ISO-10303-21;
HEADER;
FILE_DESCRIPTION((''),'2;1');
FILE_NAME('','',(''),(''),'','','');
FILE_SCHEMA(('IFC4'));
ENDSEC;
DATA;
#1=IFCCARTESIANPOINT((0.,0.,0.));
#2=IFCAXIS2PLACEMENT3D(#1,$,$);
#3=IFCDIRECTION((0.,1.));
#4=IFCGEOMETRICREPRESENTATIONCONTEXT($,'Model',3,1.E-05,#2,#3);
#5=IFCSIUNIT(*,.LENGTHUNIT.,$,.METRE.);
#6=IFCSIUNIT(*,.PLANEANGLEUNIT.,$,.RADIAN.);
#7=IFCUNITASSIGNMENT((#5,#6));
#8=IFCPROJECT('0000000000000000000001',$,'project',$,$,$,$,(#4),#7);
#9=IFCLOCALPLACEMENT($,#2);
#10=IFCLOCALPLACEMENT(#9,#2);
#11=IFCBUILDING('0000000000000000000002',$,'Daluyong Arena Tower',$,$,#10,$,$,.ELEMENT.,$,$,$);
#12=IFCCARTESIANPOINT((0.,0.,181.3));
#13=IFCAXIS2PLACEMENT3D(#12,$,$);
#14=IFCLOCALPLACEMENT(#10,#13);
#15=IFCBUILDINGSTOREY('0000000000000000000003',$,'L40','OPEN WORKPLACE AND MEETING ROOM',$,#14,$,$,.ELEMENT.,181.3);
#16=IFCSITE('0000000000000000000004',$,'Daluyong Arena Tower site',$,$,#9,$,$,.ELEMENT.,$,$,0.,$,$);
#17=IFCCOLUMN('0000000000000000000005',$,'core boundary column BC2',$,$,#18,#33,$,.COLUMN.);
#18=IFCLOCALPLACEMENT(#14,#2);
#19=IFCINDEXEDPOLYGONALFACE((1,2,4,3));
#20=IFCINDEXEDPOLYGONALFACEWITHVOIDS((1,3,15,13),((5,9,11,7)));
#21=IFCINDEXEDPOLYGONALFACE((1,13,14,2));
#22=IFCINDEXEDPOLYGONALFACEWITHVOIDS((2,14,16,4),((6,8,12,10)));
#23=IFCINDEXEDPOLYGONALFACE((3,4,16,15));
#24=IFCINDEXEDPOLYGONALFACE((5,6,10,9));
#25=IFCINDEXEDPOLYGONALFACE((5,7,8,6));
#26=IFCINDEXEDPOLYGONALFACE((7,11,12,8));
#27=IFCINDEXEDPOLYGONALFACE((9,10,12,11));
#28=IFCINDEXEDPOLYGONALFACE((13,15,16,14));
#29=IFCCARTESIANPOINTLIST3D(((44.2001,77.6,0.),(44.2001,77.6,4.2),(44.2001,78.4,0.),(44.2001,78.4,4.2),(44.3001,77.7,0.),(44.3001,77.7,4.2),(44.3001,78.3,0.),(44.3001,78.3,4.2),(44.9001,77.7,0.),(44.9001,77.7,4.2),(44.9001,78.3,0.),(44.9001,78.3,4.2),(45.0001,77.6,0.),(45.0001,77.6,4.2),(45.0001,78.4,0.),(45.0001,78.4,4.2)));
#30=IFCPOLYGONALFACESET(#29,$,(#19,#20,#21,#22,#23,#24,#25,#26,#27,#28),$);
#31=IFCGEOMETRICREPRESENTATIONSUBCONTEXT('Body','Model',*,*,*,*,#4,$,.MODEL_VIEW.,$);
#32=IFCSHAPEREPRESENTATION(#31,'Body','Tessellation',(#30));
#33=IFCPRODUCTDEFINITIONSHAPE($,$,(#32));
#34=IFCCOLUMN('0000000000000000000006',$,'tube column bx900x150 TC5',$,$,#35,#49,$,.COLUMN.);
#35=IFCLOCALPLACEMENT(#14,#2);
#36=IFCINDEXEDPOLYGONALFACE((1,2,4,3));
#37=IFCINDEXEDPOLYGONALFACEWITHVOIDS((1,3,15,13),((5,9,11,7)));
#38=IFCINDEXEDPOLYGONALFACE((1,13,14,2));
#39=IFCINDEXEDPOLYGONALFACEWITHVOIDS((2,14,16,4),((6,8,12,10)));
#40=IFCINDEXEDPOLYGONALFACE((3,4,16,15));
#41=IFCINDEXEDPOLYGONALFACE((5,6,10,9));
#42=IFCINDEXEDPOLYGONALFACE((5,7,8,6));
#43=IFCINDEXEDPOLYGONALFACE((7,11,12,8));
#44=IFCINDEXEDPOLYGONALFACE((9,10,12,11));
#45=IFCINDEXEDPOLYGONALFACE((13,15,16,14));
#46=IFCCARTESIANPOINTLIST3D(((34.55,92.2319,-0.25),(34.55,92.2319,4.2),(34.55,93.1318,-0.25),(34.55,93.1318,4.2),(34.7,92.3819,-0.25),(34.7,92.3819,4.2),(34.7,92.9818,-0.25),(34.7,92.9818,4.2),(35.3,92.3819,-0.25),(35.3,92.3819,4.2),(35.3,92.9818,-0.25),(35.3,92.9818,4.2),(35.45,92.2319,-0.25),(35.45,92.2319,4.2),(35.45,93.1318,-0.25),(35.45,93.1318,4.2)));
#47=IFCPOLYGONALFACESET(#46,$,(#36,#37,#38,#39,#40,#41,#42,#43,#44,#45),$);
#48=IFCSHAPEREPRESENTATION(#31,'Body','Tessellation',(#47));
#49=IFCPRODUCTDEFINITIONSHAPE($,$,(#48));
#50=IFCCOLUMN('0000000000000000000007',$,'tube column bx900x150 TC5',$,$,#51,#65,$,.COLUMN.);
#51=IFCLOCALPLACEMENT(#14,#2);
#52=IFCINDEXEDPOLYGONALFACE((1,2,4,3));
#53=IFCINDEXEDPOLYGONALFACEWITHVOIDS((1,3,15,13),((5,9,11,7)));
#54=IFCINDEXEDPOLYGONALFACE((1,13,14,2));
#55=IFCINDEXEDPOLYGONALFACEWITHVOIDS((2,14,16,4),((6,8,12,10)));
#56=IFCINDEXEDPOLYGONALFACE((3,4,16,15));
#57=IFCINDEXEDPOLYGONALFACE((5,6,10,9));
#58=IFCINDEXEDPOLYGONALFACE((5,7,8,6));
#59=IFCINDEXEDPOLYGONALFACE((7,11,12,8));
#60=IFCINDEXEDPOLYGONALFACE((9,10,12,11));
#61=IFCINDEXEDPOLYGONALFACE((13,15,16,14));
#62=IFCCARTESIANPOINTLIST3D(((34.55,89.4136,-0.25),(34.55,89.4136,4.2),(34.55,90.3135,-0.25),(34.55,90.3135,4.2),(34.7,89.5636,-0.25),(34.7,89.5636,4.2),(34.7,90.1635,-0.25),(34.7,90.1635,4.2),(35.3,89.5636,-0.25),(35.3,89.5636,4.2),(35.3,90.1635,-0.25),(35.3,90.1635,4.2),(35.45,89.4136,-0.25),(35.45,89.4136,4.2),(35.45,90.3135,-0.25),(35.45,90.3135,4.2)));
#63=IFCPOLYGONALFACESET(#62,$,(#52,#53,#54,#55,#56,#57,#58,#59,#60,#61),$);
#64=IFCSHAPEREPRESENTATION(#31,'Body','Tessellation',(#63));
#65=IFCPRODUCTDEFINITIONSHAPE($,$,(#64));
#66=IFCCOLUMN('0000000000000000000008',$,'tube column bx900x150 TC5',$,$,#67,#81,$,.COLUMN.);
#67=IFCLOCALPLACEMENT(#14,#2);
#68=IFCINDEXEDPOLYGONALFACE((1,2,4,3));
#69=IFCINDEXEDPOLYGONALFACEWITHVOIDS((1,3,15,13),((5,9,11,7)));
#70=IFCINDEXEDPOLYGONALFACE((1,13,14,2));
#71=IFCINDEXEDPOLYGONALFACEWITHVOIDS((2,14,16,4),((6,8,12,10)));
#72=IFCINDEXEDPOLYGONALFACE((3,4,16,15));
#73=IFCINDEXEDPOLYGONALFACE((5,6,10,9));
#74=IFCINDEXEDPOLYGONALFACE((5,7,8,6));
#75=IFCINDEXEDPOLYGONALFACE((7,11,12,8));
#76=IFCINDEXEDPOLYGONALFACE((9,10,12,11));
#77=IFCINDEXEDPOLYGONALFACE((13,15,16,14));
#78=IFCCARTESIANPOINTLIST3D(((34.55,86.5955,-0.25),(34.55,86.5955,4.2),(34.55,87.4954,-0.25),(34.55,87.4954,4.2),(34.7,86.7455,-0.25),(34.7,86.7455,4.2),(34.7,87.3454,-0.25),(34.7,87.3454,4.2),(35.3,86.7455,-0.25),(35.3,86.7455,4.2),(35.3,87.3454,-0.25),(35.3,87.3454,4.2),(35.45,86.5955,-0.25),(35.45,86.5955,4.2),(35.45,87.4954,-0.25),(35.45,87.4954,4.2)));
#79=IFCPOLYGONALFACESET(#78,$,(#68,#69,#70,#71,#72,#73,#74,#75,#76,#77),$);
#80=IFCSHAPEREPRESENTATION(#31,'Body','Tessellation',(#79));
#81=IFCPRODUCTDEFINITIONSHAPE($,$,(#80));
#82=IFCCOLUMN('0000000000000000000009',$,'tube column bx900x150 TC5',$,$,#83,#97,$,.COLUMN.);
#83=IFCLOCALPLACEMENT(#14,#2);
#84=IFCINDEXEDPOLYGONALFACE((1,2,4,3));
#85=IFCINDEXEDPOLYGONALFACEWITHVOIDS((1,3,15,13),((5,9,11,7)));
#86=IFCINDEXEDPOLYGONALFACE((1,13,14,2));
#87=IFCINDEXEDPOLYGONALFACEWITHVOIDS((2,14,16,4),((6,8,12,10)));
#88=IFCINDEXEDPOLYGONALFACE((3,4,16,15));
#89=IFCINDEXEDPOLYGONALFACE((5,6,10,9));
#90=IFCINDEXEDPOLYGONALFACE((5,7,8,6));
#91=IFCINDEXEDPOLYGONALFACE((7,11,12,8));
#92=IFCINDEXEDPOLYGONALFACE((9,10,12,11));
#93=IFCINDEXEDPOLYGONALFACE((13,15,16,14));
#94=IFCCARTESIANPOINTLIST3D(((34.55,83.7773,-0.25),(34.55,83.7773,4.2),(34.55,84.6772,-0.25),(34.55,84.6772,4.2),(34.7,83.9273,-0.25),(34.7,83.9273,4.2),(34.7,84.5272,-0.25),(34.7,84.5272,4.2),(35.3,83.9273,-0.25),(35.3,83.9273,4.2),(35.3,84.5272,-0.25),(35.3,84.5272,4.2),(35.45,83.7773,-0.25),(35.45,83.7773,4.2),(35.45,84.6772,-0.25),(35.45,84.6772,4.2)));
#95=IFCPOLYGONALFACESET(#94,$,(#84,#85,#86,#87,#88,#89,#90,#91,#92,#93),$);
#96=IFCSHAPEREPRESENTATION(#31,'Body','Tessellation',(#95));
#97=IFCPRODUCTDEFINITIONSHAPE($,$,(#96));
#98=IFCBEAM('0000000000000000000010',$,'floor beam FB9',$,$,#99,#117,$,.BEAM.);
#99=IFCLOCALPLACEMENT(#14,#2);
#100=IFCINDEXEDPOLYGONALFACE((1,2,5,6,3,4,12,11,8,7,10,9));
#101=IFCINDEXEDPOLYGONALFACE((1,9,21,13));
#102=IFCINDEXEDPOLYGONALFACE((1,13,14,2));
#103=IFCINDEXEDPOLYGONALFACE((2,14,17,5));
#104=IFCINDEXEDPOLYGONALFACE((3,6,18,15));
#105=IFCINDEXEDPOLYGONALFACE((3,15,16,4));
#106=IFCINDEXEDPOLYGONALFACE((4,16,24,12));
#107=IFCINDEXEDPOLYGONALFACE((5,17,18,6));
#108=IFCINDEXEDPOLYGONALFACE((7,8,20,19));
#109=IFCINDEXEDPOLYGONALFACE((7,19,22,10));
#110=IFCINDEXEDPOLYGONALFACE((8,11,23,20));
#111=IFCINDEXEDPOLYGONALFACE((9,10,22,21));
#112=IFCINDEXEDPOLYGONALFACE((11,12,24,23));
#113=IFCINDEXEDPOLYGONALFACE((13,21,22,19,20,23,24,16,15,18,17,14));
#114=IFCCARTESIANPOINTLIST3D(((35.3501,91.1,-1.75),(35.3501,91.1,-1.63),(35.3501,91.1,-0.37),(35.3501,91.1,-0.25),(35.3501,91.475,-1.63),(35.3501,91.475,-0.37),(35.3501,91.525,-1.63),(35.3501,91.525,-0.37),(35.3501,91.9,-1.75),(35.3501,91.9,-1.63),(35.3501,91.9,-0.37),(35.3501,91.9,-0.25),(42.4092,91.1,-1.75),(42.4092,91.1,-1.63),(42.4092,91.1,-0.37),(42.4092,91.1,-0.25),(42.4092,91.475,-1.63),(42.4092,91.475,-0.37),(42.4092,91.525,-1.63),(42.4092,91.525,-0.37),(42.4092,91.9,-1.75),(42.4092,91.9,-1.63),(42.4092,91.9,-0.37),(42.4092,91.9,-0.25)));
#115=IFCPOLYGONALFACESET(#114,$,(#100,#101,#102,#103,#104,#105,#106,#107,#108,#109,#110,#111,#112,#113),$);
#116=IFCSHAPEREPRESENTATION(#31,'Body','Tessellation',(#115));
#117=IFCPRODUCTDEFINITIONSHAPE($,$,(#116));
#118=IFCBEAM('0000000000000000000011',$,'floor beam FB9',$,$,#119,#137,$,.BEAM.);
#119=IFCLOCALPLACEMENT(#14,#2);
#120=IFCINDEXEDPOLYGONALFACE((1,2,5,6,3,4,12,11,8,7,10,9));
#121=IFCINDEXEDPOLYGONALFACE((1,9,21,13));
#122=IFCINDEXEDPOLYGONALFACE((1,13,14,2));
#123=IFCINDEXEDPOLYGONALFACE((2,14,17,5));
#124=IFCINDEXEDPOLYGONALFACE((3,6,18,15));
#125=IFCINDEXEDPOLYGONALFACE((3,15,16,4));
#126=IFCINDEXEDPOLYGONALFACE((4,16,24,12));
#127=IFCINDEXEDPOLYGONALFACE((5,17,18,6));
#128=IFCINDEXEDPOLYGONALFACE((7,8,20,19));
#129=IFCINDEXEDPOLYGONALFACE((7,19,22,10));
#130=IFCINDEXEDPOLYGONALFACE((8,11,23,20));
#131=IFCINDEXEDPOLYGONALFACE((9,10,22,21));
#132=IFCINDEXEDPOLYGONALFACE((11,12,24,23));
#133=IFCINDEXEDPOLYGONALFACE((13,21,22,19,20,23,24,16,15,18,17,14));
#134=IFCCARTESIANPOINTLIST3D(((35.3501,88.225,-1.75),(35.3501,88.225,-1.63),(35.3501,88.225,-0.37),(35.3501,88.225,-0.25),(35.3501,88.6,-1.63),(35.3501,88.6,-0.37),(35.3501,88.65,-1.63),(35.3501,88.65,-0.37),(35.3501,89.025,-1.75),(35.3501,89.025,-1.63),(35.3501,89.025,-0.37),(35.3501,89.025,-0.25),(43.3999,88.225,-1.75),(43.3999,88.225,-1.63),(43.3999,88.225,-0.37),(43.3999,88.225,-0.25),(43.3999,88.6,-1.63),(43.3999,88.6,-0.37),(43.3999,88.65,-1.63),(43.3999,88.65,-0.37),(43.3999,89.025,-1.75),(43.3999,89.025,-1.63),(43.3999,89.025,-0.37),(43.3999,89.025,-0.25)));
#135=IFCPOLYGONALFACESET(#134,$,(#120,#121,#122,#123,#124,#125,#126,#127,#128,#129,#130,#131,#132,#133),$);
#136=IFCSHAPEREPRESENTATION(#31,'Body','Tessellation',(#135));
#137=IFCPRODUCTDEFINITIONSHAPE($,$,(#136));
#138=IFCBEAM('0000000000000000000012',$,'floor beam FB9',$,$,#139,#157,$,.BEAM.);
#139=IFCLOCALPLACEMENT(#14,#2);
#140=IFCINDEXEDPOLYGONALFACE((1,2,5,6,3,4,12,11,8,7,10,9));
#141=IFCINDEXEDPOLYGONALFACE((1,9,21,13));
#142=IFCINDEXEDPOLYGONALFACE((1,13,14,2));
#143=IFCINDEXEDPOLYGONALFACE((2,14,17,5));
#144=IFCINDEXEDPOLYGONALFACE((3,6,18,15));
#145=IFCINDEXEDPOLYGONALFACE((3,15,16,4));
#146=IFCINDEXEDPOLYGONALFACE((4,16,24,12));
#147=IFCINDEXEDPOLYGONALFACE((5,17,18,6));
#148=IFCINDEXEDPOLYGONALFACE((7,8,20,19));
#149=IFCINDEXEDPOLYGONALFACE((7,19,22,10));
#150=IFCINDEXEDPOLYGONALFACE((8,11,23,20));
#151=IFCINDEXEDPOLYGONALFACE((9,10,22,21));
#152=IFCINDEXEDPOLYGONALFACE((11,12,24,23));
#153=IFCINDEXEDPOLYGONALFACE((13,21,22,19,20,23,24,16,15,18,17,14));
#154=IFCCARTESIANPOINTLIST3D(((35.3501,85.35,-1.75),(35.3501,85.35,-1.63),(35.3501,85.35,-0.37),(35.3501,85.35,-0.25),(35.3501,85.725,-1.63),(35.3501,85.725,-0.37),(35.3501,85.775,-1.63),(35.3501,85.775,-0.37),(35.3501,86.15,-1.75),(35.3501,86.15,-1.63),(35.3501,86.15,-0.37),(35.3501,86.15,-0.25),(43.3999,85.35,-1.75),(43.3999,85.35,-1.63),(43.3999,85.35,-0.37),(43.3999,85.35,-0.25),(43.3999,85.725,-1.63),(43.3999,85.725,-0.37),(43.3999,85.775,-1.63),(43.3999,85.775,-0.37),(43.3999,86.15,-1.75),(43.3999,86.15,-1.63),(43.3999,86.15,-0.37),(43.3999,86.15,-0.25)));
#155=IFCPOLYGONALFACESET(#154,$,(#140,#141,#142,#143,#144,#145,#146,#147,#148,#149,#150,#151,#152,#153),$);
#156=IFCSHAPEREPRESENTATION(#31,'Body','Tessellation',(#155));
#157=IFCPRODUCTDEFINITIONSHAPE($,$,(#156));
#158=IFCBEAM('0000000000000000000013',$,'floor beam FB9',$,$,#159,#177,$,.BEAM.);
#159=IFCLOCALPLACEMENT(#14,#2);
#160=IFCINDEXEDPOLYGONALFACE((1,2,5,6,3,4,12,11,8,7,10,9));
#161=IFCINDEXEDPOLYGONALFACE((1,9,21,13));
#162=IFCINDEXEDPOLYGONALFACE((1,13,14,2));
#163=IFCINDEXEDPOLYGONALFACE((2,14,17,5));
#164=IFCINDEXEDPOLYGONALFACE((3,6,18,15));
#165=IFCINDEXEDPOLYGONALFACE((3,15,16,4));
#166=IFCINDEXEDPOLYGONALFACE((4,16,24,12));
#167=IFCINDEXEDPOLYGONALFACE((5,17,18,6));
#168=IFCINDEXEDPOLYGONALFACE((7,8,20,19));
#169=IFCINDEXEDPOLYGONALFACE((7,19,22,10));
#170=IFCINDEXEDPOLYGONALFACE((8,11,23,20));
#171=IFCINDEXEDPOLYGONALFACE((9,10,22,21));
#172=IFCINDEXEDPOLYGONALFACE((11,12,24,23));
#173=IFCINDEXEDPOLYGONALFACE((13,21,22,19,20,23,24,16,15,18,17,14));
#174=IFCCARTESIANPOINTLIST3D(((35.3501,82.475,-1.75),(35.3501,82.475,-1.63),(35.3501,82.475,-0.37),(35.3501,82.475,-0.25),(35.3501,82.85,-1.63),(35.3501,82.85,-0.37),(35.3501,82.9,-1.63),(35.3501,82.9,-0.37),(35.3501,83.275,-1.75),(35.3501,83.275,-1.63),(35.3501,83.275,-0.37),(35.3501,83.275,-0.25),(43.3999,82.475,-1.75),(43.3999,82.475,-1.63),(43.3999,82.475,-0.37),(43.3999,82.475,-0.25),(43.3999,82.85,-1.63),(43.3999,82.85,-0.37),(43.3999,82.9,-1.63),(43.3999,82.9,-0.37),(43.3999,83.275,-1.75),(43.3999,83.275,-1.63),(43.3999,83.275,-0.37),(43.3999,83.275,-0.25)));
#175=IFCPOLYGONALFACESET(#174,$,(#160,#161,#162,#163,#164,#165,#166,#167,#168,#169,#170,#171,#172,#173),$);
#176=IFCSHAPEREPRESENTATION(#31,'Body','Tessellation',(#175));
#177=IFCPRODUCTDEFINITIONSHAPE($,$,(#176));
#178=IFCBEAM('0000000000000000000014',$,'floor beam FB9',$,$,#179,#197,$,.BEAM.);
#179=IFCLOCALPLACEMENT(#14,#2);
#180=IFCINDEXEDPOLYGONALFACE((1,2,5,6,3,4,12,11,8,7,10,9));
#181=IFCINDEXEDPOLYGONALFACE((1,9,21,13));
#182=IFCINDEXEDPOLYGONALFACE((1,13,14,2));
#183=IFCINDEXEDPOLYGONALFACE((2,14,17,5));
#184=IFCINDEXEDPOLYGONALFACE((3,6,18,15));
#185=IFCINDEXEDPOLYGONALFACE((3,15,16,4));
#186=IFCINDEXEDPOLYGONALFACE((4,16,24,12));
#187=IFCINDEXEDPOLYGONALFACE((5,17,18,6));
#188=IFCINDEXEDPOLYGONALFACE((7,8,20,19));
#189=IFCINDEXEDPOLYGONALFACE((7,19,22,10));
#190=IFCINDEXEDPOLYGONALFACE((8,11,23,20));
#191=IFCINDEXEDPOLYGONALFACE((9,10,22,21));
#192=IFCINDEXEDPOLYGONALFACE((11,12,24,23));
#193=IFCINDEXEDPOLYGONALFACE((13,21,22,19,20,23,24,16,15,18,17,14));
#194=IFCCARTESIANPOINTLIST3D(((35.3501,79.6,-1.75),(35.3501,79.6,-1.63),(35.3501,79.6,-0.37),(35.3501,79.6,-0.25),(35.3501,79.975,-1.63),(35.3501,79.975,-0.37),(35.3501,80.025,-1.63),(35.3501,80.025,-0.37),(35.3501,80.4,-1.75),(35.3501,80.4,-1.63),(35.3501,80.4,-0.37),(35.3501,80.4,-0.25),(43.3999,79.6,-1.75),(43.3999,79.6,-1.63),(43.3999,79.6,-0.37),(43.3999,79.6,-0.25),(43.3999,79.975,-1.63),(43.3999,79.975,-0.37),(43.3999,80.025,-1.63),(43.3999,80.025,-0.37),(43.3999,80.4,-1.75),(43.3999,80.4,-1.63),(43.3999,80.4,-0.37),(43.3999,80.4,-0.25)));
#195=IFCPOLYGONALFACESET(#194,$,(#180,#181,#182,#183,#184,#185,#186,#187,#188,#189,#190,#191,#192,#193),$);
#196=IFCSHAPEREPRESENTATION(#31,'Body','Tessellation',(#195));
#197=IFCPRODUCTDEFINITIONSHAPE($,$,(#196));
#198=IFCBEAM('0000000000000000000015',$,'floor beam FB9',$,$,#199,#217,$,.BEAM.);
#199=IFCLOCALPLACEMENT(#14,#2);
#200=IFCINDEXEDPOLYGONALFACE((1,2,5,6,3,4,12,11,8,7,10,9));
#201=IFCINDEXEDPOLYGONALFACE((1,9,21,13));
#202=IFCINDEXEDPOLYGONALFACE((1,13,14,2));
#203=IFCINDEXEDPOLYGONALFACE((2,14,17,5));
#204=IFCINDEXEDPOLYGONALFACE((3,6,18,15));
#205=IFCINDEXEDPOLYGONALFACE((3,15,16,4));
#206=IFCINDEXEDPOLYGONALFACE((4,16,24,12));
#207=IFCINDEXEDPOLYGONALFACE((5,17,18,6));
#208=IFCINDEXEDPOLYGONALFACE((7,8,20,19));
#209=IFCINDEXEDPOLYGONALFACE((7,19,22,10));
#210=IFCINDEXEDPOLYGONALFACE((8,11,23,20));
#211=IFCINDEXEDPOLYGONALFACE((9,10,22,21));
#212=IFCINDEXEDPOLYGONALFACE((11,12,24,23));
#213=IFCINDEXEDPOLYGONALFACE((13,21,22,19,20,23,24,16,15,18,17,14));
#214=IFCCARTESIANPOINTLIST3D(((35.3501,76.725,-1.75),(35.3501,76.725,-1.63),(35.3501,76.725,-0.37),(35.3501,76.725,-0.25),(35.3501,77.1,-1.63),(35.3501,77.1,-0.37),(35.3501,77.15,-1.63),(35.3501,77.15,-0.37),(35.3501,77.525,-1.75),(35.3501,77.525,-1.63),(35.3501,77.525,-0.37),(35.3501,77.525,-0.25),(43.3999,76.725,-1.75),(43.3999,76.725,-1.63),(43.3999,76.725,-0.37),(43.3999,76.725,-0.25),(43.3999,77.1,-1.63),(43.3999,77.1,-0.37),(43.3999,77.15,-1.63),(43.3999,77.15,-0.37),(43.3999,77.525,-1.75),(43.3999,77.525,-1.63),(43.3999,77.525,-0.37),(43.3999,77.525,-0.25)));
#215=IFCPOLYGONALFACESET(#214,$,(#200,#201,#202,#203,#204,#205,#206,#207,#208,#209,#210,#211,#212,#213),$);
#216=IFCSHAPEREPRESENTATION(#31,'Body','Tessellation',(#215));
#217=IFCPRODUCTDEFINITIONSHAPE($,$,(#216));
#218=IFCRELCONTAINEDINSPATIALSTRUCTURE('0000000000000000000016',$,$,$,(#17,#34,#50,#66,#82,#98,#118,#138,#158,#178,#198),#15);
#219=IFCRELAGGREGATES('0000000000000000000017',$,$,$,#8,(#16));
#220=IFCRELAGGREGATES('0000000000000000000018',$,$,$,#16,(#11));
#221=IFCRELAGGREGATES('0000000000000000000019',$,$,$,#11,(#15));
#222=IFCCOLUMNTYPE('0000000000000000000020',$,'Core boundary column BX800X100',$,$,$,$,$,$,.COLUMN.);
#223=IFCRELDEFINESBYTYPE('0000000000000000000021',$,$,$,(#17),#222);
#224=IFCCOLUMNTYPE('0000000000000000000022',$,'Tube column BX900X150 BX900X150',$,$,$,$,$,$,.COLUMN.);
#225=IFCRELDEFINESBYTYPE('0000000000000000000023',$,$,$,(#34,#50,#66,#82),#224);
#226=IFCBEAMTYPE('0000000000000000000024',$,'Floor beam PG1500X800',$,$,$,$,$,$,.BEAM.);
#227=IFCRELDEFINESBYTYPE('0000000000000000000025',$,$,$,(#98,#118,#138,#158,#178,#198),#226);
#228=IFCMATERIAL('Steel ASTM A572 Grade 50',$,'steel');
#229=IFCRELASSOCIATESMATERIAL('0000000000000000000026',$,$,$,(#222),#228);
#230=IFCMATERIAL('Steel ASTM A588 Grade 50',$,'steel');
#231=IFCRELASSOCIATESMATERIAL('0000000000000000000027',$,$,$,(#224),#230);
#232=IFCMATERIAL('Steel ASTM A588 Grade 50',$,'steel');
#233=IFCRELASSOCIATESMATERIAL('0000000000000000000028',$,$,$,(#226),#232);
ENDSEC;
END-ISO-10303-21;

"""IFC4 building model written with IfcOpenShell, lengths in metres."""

from ifc_helpers import new_model, si_unit, direction, frame, origin, origin_2d, place, context, subcontext, project, spatial, hollow_rectangle, i_section, extrude, material, material_profile, profile_set, type_object, element, save


model = new_model("IFC4")

# Units and contexts
model_context = context("Model", 3, precision=1e-05, world=origin(), true_north=direction((0.0, 1.0)))
body_context = subcontext(model_context, "Body", "Model", "MODEL_VIEW")
ifc_project = project(units=[si_unit("LENGTHUNIT", "METRE"), si_unit("PLANEANGLEUNIT", "RADIAN")], contexts=[model_context])

# Site, building, storey
site_placement = place(None, origin())
site = spatial("IfcSite", under=ifc_project, at=site_placement, Name="Daluyong Arena Tower site", CompositionType="ELEMENT", RefElevation=0.0)
building_placement = place(site_placement, origin())
building = spatial("IfcBuilding", under=site, at=building_placement, Name="Daluyong Arena Tower", CompositionType="ELEMENT")
storey_placement = place(building_placement, frame((0.0, 0.0, 181.3)))
storey = spatial("IfcBuildingStorey", under=building, at=storey_placement, Name="L40", Description="OPEN WORKPLACE AND MEETING ROOM", CompositionType="ELEMENT", Elevation=181.3)

# Columns
ifc_material_1 = material(Name="Steel ASTM A572 Grade 50", Category="steel")
ifc_material_profile_1 = material_profile(ifc_material_1, hollow_rectangle(XDim=0.8, YDim=0.8, WallThickness=0.1, at=origin_2d()))
ifc_profile_set_1 = profile_set([ifc_material_profile_1], Name="Steel ASTM A572 Grade 50")
column_type_1 = type_object("IfcColumnType", Name="Core boundary column BX800X100", PredefinedType="COLUMN", material=ifc_profile_set_1)
column_placement = place(storey_placement, frame((44.6001, 78.0, 0.0), z_axis=(0.0, 0.0, 1.0), x_axis=(1.0, 0.0, 0.0)))
element("IfcColumn", 1, at=column_placement, inside=storey, type_object=column_type_1, Name="core boundary column BC2", PredefinedType="COLUMN", context=body_context, shape_type="SweptSolid", body=[
    extrude(hollow_rectangle(XDim=0.8, YDim=0.8, WallThickness=0.1, at=origin_2d()), origin(), (0.0, 0.0, 1.0), 4.2),
])
ifc_material_2 = material(Name="Steel ASTM A588 Grade 50", Category="steel")
ifc_material_profile_2 = material_profile(ifc_material_2, hollow_rectangle(XDim=0.8999, YDim=0.8999, WallThickness=0.15, at=origin_2d()))
ifc_profile_set_2 = profile_set([ifc_material_profile_2], Name="Steel ASTM A588 Grade 50")
column_type_2 = type_object("IfcColumnType", Name="Tube column BX900X150 BX900X150", PredefinedType="COLUMN", material=ifc_profile_set_2)
for number, where, z_axis, x_axis, name in (
    (2, (35.0, 92.6819, -0.25), (0.0, 0.0, 1.0), (0.0, 1.0, 0.0), "tube column bx900x150 TC5"),
    (3, (35.0, 89.8635, -0.25), (0.0, 0.0, 1.0), (0.0, 1.0, 0.0), "tube column bx900x150 TC5"),
    (4, (35.0, 87.0454, -0.25), (0.0, 0.0, 1.0), (0.0, 1.0, 0.0), "tube column bx900x150 TC5"),
    (5, (35.0, 84.2273, -0.25), (0.0, 0.0, 1.0), (0.0, 1.0, 0.0), "tube column bx900x150 TC5"),
):
    element("IfcColumn", number, at=place(storey_placement, frame(where, z_axis=z_axis, x_axis=x_axis)), inside=storey, type_object=column_type_2, Name=name, PredefinedType="COLUMN", context=body_context, shape_type="SweptSolid", body=[
        extrude(hollow_rectangle(XDim=0.8999, YDim=0.8999, WallThickness=0.15, at=origin_2d()), origin(), (0.0, 0.0, 1.0), 4.45),
    ])

# Beams
ifc_material_3 = material(Name="Steel ASTM A588 Grade 50", Category="steel")
ifc_material_profile_3 = material_profile(ifc_material_3, i_section(OverallWidth=0.8, OverallDepth=1.5, WebThickness=0.05, FlangeThickness=0.12, at=origin_2d()))
ifc_profile_set_3 = profile_set([ifc_material_profile_3], Name="Steel ASTM A588 Grade 50")
beam_type_1 = type_object("IfcBeamType", Name="Floor beam PG1500X800", PredefinedType="BEAM", material=ifc_profile_set_3)
beam_placement = place(storey_placement, frame((35.3501, 91.5, -1.0), z_axis=(1.0, 0.0, 0.0), x_axis=(0.0, 1.0, 0.0)))
element("IfcBeam", 6, at=beam_placement, inside=storey, type_object=beam_type_1, Name="floor beam FB9", PredefinedType="BEAM", context=body_context, shape_type="SweptSolid", body=[
    extrude(i_section(OverallWidth=0.8, OverallDepth=1.5, WebThickness=0.05, FlangeThickness=0.12, at=origin_2d()), origin(), (0.0, 0.0, 1.0), 7.0591),
])
for number, where, z_axis, x_axis, name in (
    (7, (35.3501, 88.625, -1.0), (1.0, 0.0, 0.0), (0.0, 1.0, 0.0), "floor beam FB9"),
    (8, (35.3501, 85.75, -1.0), (1.0, 0.0, 0.0), (0.0, 1.0, 0.0), "floor beam FB9"),
    (9, (35.3501, 82.875, -1.0), (1.0, 0.0, 0.0), (0.0, 1.0, 0.0), "floor beam FB9"),
    (10, (35.3501, 80.0, -1.0), (1.0, 0.0, 0.0), (0.0, 1.0, 0.0), "floor beam FB9"),
    (11, (35.3501, 77.125, -1.0), (1.0, 0.0, 0.0), (0.0, 1.0, 0.0), "floor beam FB9"),
):
    element("IfcBeam", number, at=place(storey_placement, frame(where, z_axis=z_axis, x_axis=x_axis)), inside=storey, type_object=beam_type_1, Name=name, PredefinedType="BEAM", context=body_context, shape_type="SweptSolid", body=[
        extrude(i_section(OverallWidth=0.8, OverallDepth=1.5, WebThickness=0.05, FlangeThickness=0.12, at=origin_2d()), origin(), (0.0, 0.0, 1.0), 8.0498),
    ])

save(model, "model.ifc")
